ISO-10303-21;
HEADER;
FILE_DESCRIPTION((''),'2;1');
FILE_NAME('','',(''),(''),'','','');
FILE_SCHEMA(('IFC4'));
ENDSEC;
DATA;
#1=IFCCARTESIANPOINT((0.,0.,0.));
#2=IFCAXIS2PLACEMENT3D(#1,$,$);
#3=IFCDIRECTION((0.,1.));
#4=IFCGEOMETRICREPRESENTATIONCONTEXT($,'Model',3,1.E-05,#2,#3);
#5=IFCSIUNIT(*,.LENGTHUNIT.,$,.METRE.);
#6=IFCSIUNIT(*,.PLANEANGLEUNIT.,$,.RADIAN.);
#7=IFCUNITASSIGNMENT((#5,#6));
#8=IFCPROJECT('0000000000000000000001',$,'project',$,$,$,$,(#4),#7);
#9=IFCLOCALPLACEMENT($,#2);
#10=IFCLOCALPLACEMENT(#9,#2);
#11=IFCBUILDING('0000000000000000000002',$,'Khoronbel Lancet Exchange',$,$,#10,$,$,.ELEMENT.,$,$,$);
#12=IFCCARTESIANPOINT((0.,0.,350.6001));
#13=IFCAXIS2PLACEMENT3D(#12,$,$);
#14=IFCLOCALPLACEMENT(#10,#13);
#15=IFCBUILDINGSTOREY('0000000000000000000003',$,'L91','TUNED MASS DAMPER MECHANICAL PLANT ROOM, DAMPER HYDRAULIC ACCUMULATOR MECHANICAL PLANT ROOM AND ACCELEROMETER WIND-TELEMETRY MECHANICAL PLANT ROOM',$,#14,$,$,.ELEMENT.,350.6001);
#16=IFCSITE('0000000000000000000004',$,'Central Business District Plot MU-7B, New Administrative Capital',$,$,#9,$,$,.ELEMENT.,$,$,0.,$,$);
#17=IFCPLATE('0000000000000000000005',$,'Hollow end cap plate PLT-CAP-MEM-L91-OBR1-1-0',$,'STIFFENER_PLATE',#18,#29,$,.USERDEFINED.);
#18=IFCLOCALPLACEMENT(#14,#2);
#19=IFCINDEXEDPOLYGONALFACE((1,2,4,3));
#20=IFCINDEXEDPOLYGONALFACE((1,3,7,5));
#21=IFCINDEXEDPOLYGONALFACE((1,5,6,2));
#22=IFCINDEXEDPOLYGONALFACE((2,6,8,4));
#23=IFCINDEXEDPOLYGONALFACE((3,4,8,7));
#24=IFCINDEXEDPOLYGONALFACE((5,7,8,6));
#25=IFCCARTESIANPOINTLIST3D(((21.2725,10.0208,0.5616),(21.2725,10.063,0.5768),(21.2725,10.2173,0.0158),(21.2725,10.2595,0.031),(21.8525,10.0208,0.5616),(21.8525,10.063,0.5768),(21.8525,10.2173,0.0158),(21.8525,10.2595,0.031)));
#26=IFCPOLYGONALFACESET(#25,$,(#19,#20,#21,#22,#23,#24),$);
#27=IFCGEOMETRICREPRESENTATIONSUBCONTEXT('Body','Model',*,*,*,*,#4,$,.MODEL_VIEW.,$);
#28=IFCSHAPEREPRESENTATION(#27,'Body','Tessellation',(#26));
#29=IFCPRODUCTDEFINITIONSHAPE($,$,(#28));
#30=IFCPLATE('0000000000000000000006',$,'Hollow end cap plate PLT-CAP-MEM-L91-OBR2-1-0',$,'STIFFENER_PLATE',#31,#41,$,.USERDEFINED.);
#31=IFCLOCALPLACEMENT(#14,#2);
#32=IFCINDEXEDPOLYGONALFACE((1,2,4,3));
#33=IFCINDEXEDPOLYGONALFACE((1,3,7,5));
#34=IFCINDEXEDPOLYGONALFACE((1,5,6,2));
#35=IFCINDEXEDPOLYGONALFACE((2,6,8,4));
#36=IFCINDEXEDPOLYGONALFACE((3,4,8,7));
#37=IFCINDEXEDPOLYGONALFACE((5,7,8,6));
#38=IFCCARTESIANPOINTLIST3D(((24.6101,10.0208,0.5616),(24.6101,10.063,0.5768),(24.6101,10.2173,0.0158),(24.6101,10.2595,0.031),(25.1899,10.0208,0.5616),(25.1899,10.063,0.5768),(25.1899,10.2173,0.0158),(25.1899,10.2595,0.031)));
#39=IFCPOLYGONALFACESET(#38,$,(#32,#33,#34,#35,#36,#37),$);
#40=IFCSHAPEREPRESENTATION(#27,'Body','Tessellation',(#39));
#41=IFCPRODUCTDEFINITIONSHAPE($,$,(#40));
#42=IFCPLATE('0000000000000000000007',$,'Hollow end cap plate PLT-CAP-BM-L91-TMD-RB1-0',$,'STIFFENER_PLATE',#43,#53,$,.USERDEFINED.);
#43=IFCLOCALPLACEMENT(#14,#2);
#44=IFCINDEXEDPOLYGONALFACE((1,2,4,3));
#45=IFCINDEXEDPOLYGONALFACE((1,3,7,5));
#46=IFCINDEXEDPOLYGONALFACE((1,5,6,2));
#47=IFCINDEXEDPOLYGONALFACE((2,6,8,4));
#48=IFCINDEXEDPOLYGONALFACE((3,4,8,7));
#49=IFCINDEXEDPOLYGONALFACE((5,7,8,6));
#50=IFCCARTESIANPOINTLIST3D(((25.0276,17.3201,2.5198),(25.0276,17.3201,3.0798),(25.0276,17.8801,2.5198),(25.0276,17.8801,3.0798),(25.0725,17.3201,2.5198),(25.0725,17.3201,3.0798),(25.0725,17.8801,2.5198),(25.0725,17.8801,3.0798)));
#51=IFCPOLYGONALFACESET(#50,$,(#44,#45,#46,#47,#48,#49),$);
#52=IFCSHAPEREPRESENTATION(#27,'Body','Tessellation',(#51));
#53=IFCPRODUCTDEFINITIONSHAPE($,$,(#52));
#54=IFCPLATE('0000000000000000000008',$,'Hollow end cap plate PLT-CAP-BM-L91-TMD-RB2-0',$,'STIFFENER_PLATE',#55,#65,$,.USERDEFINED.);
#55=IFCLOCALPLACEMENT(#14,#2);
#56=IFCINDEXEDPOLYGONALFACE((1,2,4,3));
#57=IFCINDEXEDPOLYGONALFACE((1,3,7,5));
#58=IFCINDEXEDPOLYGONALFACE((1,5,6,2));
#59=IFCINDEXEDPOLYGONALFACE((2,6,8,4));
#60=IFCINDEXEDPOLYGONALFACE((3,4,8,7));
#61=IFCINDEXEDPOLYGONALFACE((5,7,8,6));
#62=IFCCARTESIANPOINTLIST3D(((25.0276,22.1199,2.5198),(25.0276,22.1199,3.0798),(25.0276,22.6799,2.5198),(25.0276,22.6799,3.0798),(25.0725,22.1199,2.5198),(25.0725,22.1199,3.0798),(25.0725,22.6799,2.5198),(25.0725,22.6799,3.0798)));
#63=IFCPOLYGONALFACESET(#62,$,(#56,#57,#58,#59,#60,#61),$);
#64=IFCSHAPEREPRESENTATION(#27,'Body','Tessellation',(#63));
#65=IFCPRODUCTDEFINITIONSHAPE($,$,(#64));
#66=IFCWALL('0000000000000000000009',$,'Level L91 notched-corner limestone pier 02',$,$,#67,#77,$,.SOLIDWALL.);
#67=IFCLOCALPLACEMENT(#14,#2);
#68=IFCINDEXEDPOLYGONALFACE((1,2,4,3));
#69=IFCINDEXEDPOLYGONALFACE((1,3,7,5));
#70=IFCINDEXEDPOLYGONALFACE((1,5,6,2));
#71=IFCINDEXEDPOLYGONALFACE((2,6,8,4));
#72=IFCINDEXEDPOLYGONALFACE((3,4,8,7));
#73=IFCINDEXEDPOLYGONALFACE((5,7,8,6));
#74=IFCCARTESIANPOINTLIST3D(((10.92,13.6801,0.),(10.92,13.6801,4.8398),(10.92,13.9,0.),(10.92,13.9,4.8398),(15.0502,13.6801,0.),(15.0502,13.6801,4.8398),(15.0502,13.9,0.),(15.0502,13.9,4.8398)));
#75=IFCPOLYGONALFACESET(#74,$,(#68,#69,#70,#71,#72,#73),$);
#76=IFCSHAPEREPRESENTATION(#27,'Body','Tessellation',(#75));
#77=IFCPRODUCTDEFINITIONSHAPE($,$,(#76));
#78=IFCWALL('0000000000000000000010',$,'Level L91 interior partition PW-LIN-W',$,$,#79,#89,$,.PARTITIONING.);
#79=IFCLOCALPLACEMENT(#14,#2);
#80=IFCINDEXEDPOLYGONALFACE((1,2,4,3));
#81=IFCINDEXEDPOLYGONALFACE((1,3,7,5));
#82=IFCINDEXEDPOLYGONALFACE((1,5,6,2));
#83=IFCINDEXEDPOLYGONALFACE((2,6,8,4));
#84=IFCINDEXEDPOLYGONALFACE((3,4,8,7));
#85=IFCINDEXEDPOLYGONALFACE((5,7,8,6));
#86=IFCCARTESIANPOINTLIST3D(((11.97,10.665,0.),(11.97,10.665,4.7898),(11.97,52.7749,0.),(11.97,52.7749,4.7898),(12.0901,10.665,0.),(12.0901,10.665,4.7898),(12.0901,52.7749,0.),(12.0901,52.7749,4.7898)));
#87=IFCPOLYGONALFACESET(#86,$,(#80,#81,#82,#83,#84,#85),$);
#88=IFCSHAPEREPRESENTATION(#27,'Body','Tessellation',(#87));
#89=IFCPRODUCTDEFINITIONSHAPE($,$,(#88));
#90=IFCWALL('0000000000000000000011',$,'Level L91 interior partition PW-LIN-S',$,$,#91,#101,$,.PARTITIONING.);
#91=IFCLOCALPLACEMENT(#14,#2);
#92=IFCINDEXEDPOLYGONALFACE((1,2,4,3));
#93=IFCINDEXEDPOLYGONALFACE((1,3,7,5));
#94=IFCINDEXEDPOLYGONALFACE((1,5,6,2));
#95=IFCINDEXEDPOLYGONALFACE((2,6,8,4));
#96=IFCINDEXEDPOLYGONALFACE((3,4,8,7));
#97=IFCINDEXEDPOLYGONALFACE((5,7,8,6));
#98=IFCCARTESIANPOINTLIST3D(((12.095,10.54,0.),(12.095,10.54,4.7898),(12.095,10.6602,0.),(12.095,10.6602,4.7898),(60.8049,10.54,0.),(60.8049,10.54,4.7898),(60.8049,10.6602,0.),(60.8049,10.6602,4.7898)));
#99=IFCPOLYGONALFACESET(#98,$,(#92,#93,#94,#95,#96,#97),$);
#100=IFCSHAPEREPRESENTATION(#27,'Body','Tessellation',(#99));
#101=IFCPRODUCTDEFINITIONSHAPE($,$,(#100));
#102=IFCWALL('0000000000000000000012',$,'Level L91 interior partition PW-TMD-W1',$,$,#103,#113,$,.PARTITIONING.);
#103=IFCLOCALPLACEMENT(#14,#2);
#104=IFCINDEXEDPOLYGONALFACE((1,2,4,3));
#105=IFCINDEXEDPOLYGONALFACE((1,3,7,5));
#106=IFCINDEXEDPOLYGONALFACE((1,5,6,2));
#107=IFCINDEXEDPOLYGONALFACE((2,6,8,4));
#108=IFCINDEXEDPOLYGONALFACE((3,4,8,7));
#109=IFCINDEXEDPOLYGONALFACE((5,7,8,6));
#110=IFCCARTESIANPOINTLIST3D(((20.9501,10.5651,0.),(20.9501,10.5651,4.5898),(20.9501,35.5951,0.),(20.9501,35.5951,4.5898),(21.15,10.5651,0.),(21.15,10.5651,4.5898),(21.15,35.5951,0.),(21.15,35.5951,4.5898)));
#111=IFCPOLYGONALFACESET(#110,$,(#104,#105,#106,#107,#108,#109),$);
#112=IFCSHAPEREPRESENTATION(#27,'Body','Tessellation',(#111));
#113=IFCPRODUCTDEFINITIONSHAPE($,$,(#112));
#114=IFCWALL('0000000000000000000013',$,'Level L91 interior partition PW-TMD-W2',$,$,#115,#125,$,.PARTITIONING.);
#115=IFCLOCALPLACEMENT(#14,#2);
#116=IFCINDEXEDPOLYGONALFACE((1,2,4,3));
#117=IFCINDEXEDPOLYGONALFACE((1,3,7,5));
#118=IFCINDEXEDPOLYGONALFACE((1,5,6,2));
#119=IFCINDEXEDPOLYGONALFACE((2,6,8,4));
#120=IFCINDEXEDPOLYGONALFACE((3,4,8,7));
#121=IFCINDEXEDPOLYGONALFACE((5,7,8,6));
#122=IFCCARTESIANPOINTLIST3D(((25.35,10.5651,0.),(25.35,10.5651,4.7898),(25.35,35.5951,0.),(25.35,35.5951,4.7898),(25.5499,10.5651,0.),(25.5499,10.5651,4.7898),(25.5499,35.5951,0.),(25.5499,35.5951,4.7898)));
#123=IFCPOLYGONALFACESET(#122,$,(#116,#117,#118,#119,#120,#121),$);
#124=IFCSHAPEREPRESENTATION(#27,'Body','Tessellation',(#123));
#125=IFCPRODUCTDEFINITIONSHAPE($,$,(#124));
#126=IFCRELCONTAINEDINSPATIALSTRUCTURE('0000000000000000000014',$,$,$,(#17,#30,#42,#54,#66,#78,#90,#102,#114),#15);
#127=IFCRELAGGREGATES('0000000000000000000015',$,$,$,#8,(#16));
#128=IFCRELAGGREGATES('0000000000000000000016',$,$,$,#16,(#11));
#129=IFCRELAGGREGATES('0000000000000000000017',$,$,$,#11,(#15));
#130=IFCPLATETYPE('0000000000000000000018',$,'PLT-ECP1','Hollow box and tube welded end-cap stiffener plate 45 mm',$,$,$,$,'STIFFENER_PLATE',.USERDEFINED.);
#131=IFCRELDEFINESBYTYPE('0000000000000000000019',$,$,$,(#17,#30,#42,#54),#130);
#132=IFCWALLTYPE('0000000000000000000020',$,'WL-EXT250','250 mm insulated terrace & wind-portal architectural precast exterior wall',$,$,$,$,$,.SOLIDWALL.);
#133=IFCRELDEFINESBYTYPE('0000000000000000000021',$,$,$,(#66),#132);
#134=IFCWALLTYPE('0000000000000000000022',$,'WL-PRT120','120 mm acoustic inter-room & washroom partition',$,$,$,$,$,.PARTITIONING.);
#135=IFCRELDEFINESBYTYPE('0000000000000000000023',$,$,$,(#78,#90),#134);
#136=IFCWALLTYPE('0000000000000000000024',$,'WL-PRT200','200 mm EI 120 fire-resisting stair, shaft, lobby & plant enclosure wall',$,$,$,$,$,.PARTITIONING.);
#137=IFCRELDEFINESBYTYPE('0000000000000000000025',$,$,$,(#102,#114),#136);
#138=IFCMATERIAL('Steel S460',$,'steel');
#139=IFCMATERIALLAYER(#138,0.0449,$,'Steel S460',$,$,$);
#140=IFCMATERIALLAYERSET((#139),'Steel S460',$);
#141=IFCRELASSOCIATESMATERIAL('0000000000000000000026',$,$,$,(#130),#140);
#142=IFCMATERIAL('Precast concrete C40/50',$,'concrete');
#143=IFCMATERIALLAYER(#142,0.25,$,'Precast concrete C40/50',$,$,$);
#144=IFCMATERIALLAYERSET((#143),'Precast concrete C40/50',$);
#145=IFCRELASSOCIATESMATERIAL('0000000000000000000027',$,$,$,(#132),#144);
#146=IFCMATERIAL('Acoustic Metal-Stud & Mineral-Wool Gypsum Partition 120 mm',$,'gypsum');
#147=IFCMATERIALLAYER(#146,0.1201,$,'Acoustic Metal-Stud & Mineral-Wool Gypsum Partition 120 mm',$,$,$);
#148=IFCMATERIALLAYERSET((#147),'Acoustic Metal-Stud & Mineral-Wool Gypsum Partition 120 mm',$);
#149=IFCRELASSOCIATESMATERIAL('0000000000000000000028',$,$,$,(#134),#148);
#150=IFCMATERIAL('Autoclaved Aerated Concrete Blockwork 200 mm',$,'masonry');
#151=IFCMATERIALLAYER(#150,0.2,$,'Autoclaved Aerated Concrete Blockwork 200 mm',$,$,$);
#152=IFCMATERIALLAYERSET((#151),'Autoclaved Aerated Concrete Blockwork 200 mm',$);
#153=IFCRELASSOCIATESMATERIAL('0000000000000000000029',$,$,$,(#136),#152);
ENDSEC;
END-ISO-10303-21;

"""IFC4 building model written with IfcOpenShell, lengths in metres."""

from ifc_helpers import new_model, si_unit, direction, frame, frame_2d, origin, origin_2d, place, context, subcontext, project, spatial, polyline, rectangle, outline, extrude, material, layer, layer_set, type_object, element, save


model = new_model("IFC4")

# Units and contexts
model_context = context("Model", 3, precision=1e-05, world=origin(), true_north=direction((0.0, 1.0)))
body_context = subcontext(model_context, "Body", "Model", "MODEL_VIEW")
ifc_project = project(units=[si_unit("LENGTHUNIT", "METRE"), si_unit("PLANEANGLEUNIT", "RADIAN")], contexts=[model_context])

# Site, building, storey
site_placement = place(None, origin())
site = spatial("IfcSite", under=ifc_project, at=site_placement, Name="Central Business District Plot MU-7B, New Administrative Capital", CompositionType="ELEMENT", RefElevation=0.0)
building_placement = place(site_placement, origin())
building = spatial("IfcBuilding", under=site, at=building_placement, Name="Khoronbel Lancet Exchange", CompositionType="ELEMENT")
storey_placement = place(building_placement, frame((0.0, 0.0, 350.6001)))
storey = spatial("IfcBuildingStorey", under=building, at=storey_placement, Name="L91", Description="TUNED MASS DAMPER MECHANICAL PLANT ROOM, DAMPER HYDRAULIC ACCUMULATOR MECHANICAL PLANT ROOM AND ACCELEROMETER WIND-TELEMETRY MECHANICAL PLANT ROOM", CompositionType="ELEMENT", Elevation=350.6001)

# Plates
ifc_material_1 = material(Name="Steel S460", Category="steel")
ifc_layer_1 = layer(ifc_material_1, 0.0449, Name="Steel S460")
ifc_layer_set_1 = layer_set([ifc_layer_1], Name="Steel S460")
plate_type = type_object("IfcPlateType", Name="PLT-ECP1", Description="Hollow box and tube welded end-cap stiffener plate 45 mm", ElementType="STIFFENER_PLATE", PredefinedType="USERDEFINED", material=ifc_layer_set_1)
plate_1_placement = place(storey_placement, frame((21.8525, 10.2595, 0.031), z_axis=(0.0, 0.940882, 0.338734), x_axis=(-1.0, 0.0, 0.0)))
element("IfcPlate", 1, at=plate_1_placement, inside=storey, type_object=plate_type, Name="Hollow end cap plate PLT-CAP-MEM-L91-OBR1-1-0", ObjectType="STIFFENER_PLATE", PredefinedType="USERDEFINED", context=body_context, shape_type="SweptSolid", body=[
    extrude(outline(polyline([(0.0, 0.0), (0.5801, 0.0), (0.5801, 0.5801), (0.0, 0.5801), (0.0, 0.0)])), origin(), (0.0, 0.0, -1.0), 0.0449),
])
plate_2_placement = place(storey_placement, frame((25.1899, 10.2595, 0.031), z_axis=(0.0, 0.940882, 0.338734), x_axis=(-1.0, 0.0, 0.0)))
element("IfcPlate", 2, at=plate_2_placement, inside=storey, type_object=plate_type, Name="Hollow end cap plate PLT-CAP-MEM-L91-OBR2-1-0", ObjectType="STIFFENER_PLATE", PredefinedType="USERDEFINED", context=body_context, shape_type="SweptSolid", body=[
    extrude(outline(polyline([(0.0, 0.0), (0.5798, 0.0), (0.5798, 0.5801), (0.0, 0.5801), (0.0, 0.0)])), origin(), (0.0, 0.0, -1.0), 0.0449),
])
for number, where, z_axis, x_axis, name in (
    (3, (25.05, 17.6001, 2.5198), (0.0, 0.0, 1.0), (-1.0, 0.0, 0.0), "Hollow end cap plate PLT-CAP-BM-L91-TMD-RB1-0"),
    (4, (25.05, 22.3999, 2.5198), (0.0, 0.0, 1.0), (-1.0, 0.0, 0.0), "Hollow end cap plate PLT-CAP-BM-L91-TMD-RB2-0"),
):
    element("IfcPlate", number, at=place(storey_placement, frame(where, z_axis=z_axis, x_axis=x_axis)), inside=storey, type_object=plate_type, Name=name, ObjectType="STIFFENER_PLATE", PredefinedType="USERDEFINED", context=body_context, shape_type="SweptSolid", body=[
        extrude(rectangle(XDim=0.0449, YDim=0.5601, at=origin_2d()), origin(), (0.0, 0.0, 1.0), 0.5601),
    ])

# Walls
ifc_material_2 = material(Name="Precast concrete C40/50", Category="concrete")
ifc_layer_2 = layer(ifc_material_2, 0.25, Name="Precast concrete C40/50")
ifc_layer_set_2 = layer_set([ifc_layer_2], Name="Precast concrete C40/50")
wall_type_1 = type_object("IfcWallType", Name="WL-EXT250", Description="250 mm insulated terrace & wind-portal architectural precast exterior wall", PredefinedType="SOLIDWALL", material=ifc_layer_set_2)
wall_1_placement = place(storey_placement, frame((15.05, 13.79, 0.0), z_axis=(0.0, 0.0, 1.0), x_axis=(-1.0, 0.0, 0.0)))
element("IfcWall", 5, at=wall_1_placement, inside=storey, type_object=wall_type_1, Name="Level L91 notched-corner limestone pier 02", PredefinedType="SOLIDWALL", context=body_context, shape_type="SweptSolid", body=[
    extrude(rectangle(XDim=4.1301, YDim=0.22, at=frame_2d((2.0649, 0.0))), origin(), (0.0, 0.0, 1.0), 4.8398),
])
ifc_material_3 = material(Name="Acoustic Metal-Stud & Mineral-Wool Gypsum Partition 120 mm", Category="gypsum")
ifc_layer_3 = layer(ifc_material_3, 0.1201, Name="Acoustic Metal-Stud & Mineral-Wool Gypsum Partition 120 mm")
ifc_layer_set_3 = layer_set([ifc_layer_3], Name="Acoustic Metal-Stud & Mineral-Wool Gypsum Partition 120 mm")
wall_type_2 = type_object("IfcWallType", Name="WL-PRT120", Description="120 mm acoustic inter-room & washroom partition", PredefinedType="PARTITIONING", material=ifc_layer_set_3)
wall_2_placement = place(storey_placement, frame((12.03, 10.665, 0.0), z_axis=(0.0, 0.0, 1.0), x_axis=(0.0, 1.0, 0.0)))
element("IfcWall", 6, at=wall_2_placement, inside=storey, type_object=wall_type_2, Name="Level L91 interior partition PW-LIN-W", PredefinedType="PARTITIONING", context=body_context, shape_type="SweptSolid", body=[
    extrude(rectangle(XDim=42.1099, YDim=0.1201, at=frame_2d((21.0549, 0.0))), origin(), (0.0, 0.0, 1.0), 4.7898),
])
wall_3_placement = place(storey_placement, frame((12.095, 10.6001, 0.0), z_axis=(0.0, 0.0, 1.0), x_axis=(1.0, 0.0, 0.0)))
element("IfcWall", 7, at=wall_3_placement, inside=storey, type_object=wall_type_2, Name="Level L91 interior partition PW-LIN-S", PredefinedType="PARTITIONING", context=body_context, shape_type="SweptSolid", body=[
    extrude(rectangle(XDim=48.71, YDim=0.1201, at=frame_2d((24.355, 0.0))), origin(), (0.0, 0.0, 1.0), 4.7898),
])
ifc_material_4 = material(Name="Autoclaved Aerated Concrete Blockwork 200 mm", Category="masonry")
ifc_layer_4 = layer(ifc_material_4, 0.2, Name="Autoclaved Aerated Concrete Blockwork 200 mm")
ifc_layer_set_4 = layer_set([ifc_layer_4], Name="Autoclaved Aerated Concrete Blockwork 200 mm")
wall_type_3 = type_object("IfcWallType", Name="WL-PRT200", Description="200 mm EI 120 fire-resisting stair, shaft, lobby & plant enclosure wall", PredefinedType="PARTITIONING", material=ifc_layer_set_4)
wall_4_placement = place(storey_placement, frame((21.05, 10.5649, 0.0), z_axis=(0.0, 0.0, 1.0), x_axis=(0.0, 1.0, 0.0)))
element("IfcWall", 8, at=wall_4_placement, inside=storey, type_object=wall_type_3, Name="Level L91 interior partition PW-TMD-W1", PredefinedType="PARTITIONING", context=body_context, shape_type="SweptSolid", body=[
    extrude(rectangle(XDim=25.03, YDim=0.2, at=frame_2d((12.5151, 0.0))), origin(), (0.0, 0.0, 1.0), 4.5898),
])
wall_5_placement = place(storey_placement, frame((25.45, 10.5649, 0.0), z_axis=(0.0, 0.0, 1.0), x_axis=(0.0, 1.0, 0.0)))
element("IfcWall", 9, at=wall_5_placement, inside=storey, type_object=wall_type_3, Name="Level L91 interior partition PW-TMD-W2", PredefinedType="PARTITIONING", context=body_context, shape_type="SweptSolid", body=[
    extrude(rectangle(XDim=25.03, YDim=0.2, at=frame_2d((12.5151, 0.0))), origin(), (0.0, 0.0, 1.0), 4.7898),
])

save(model, "model.ifc")
